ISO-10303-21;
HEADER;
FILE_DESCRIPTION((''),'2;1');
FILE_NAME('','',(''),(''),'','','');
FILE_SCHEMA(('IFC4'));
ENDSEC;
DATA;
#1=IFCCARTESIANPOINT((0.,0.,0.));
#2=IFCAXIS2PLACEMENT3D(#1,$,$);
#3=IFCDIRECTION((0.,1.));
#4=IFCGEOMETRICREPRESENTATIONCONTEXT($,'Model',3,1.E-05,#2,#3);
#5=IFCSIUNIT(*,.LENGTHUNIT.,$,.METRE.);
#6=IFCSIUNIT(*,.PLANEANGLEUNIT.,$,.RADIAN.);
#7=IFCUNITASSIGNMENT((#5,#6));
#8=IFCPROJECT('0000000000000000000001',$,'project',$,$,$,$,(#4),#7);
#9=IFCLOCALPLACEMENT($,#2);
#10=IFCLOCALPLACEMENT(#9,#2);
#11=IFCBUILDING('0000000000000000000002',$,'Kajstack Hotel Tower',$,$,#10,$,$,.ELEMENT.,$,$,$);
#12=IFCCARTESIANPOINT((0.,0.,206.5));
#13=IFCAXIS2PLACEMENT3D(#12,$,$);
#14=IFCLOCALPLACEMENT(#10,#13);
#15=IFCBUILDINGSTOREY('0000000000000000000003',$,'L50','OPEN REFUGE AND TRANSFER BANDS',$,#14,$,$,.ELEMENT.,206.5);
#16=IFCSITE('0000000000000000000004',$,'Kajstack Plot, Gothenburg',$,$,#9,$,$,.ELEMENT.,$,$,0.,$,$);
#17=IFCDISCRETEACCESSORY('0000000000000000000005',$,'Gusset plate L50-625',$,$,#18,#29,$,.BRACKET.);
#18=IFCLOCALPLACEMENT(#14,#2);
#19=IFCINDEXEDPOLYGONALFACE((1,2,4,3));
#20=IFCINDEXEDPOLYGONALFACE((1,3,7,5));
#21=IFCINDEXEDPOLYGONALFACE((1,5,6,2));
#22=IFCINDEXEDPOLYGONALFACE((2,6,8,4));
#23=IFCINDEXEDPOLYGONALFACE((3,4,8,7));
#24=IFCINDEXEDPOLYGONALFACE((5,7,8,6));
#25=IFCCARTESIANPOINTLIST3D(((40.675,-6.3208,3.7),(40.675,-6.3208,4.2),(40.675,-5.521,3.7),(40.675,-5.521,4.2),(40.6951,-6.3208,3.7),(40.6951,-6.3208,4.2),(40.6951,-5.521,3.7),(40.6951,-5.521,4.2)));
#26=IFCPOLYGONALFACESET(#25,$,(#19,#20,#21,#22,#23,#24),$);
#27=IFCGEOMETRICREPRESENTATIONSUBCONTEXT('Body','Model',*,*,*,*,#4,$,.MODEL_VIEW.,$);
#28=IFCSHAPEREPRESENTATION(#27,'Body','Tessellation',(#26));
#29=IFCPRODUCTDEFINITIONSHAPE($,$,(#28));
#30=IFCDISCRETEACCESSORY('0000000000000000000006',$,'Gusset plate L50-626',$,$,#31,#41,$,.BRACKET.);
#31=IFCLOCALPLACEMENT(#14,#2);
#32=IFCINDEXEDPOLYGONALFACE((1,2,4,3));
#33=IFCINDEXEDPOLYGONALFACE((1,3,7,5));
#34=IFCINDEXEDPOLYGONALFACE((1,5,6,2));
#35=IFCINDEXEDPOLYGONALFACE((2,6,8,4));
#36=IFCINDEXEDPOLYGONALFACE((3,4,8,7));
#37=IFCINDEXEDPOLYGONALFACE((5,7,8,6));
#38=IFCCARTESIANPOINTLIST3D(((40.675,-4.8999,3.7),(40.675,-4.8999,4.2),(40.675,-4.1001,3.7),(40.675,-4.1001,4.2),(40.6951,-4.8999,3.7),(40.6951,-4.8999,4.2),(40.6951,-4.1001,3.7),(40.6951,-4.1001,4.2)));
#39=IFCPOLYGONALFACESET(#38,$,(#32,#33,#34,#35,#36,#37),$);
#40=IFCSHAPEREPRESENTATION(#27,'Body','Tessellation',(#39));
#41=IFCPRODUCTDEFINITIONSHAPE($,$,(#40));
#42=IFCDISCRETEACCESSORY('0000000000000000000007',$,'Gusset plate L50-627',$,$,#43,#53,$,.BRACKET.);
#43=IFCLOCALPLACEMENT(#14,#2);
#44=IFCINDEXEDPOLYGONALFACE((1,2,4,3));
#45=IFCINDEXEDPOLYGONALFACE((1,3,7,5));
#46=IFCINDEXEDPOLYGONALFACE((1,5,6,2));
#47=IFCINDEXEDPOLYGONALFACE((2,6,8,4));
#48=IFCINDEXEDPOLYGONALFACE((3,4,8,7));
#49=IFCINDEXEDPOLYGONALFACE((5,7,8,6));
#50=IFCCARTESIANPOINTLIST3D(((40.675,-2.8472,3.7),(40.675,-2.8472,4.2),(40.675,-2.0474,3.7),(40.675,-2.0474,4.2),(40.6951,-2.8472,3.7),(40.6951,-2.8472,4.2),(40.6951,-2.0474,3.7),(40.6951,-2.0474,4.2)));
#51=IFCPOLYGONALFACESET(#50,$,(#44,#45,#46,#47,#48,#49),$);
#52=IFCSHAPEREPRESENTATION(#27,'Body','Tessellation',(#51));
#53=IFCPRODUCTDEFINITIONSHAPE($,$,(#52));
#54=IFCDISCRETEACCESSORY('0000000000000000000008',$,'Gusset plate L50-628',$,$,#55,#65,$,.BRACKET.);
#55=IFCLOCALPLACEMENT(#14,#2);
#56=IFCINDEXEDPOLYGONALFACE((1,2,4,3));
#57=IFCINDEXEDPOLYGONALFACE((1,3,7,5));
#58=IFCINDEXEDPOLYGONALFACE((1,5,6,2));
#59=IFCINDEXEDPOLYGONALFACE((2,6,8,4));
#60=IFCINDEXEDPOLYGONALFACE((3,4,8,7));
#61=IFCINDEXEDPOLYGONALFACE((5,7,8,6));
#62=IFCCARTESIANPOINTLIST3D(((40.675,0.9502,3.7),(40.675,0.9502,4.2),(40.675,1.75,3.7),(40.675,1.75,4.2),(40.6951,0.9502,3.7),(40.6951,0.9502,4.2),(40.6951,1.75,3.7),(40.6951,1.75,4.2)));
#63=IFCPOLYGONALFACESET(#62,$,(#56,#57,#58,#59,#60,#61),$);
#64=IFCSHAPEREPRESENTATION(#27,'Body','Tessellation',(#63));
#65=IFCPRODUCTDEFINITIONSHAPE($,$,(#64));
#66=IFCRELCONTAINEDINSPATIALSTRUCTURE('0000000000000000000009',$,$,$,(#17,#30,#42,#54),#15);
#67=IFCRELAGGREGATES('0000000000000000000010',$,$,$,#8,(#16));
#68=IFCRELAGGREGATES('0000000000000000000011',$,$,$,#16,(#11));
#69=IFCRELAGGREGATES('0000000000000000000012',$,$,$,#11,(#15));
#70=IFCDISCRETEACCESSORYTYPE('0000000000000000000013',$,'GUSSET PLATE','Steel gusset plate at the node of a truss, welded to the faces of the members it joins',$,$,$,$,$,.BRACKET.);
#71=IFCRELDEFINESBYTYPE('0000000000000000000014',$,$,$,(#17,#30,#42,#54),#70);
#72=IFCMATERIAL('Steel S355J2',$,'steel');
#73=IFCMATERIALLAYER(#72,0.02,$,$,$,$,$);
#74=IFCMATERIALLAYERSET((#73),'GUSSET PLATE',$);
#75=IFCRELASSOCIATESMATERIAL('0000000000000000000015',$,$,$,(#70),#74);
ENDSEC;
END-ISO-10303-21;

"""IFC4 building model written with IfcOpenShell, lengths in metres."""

from ifc_helpers import new_model, si_unit, direction, frame, origin, place, context, subcontext, project, spatial, polyline, outline, extrude, material, layer, layer_set, type_object, element, save


model = new_model("IFC4")

# Units and contexts
model_context = context("Model", 3, precision=1e-05, world=origin(), true_north=direction((0.0, 1.0)))
body_context = subcontext(model_context, "Body", "Model", "MODEL_VIEW")
ifc_project = project(units=[si_unit("LENGTHUNIT", "METRE"), si_unit("PLANEANGLEUNIT", "RADIAN")], contexts=[model_context])

# Site, building, storey
site_placement = place(None, origin())
site = spatial("IfcSite", under=ifc_project, at=site_placement, Name="Kajstack Plot, Gothenburg", CompositionType="ELEMENT", RefElevation=0.0)
building_placement = place(site_placement, origin())
building = spatial("IfcBuilding", under=site, at=building_placement, Name="Kajstack Hotel Tower", CompositionType="ELEMENT")
storey_placement = place(building_placement, frame((0.0, 0.0, 206.5)))
storey = spatial("IfcBuildingStorey", under=building, at=storey_placement, Name="L50", Description="OPEN REFUGE AND TRANSFER BANDS", CompositionType="ELEMENT", Elevation=206.5)

# Shared definitions
ifc_material = material(Name="Steel S355J2", Category="steel")

# Discrete accessories
ifc_layer = layer(ifc_material, 0.02)
ifc_layer_set = layer_set([ifc_layer], Name="GUSSET PLATE")
discrete_accessory_type = type_object("IfcDiscreteAccessoryType", Name="GUSSET PLATE", Description="Steel gusset plate at the node of a truss, welded to the faces of the members it joins", PredefinedType="BRACKET", material=ifc_layer_set)
for number, where, z_axis, x_axis, name in (
    (1, (40.675, -5.9209, 3.7), (1.0, 0.0, 0.0), (0.0, 1.0, 0.0), "Gusset plate L50-625"),
    (2, (40.675, -4.5, 3.7), (1.0, 0.0, 0.0), (0.0, 1.0, 0.0), "Gusset plate L50-626"),
    (3, (40.675, -2.4473, 3.7), (1.0, 0.0, 0.0), (0.0, 1.0, 0.0), "Gusset plate L50-627"),
    (4, (40.675, 1.3501, 3.7), (1.0, 0.0, 0.0), (0.0, 1.0, 0.0), "Gusset plate L50-628"),
):
    element("IfcDiscreteAccessory", number, at=place(storey_placement, frame(where, z_axis=z_axis, x_axis=x_axis)), inside=storey, type_object=discrete_accessory_type, Name=name, PredefinedType="BRACKET", context=body_context, shape_type="SweptSolid", body=[
        extrude(outline(polyline([(-0.3999, 0.0), (0.3999, 0.0), (0.3999, 0.5), (-0.3999, 0.5), (-0.3999, 0.0)])), origin(), (0.0, 0.0, 1.0), 0.02),
    ])

save(model, "model.ifc")
